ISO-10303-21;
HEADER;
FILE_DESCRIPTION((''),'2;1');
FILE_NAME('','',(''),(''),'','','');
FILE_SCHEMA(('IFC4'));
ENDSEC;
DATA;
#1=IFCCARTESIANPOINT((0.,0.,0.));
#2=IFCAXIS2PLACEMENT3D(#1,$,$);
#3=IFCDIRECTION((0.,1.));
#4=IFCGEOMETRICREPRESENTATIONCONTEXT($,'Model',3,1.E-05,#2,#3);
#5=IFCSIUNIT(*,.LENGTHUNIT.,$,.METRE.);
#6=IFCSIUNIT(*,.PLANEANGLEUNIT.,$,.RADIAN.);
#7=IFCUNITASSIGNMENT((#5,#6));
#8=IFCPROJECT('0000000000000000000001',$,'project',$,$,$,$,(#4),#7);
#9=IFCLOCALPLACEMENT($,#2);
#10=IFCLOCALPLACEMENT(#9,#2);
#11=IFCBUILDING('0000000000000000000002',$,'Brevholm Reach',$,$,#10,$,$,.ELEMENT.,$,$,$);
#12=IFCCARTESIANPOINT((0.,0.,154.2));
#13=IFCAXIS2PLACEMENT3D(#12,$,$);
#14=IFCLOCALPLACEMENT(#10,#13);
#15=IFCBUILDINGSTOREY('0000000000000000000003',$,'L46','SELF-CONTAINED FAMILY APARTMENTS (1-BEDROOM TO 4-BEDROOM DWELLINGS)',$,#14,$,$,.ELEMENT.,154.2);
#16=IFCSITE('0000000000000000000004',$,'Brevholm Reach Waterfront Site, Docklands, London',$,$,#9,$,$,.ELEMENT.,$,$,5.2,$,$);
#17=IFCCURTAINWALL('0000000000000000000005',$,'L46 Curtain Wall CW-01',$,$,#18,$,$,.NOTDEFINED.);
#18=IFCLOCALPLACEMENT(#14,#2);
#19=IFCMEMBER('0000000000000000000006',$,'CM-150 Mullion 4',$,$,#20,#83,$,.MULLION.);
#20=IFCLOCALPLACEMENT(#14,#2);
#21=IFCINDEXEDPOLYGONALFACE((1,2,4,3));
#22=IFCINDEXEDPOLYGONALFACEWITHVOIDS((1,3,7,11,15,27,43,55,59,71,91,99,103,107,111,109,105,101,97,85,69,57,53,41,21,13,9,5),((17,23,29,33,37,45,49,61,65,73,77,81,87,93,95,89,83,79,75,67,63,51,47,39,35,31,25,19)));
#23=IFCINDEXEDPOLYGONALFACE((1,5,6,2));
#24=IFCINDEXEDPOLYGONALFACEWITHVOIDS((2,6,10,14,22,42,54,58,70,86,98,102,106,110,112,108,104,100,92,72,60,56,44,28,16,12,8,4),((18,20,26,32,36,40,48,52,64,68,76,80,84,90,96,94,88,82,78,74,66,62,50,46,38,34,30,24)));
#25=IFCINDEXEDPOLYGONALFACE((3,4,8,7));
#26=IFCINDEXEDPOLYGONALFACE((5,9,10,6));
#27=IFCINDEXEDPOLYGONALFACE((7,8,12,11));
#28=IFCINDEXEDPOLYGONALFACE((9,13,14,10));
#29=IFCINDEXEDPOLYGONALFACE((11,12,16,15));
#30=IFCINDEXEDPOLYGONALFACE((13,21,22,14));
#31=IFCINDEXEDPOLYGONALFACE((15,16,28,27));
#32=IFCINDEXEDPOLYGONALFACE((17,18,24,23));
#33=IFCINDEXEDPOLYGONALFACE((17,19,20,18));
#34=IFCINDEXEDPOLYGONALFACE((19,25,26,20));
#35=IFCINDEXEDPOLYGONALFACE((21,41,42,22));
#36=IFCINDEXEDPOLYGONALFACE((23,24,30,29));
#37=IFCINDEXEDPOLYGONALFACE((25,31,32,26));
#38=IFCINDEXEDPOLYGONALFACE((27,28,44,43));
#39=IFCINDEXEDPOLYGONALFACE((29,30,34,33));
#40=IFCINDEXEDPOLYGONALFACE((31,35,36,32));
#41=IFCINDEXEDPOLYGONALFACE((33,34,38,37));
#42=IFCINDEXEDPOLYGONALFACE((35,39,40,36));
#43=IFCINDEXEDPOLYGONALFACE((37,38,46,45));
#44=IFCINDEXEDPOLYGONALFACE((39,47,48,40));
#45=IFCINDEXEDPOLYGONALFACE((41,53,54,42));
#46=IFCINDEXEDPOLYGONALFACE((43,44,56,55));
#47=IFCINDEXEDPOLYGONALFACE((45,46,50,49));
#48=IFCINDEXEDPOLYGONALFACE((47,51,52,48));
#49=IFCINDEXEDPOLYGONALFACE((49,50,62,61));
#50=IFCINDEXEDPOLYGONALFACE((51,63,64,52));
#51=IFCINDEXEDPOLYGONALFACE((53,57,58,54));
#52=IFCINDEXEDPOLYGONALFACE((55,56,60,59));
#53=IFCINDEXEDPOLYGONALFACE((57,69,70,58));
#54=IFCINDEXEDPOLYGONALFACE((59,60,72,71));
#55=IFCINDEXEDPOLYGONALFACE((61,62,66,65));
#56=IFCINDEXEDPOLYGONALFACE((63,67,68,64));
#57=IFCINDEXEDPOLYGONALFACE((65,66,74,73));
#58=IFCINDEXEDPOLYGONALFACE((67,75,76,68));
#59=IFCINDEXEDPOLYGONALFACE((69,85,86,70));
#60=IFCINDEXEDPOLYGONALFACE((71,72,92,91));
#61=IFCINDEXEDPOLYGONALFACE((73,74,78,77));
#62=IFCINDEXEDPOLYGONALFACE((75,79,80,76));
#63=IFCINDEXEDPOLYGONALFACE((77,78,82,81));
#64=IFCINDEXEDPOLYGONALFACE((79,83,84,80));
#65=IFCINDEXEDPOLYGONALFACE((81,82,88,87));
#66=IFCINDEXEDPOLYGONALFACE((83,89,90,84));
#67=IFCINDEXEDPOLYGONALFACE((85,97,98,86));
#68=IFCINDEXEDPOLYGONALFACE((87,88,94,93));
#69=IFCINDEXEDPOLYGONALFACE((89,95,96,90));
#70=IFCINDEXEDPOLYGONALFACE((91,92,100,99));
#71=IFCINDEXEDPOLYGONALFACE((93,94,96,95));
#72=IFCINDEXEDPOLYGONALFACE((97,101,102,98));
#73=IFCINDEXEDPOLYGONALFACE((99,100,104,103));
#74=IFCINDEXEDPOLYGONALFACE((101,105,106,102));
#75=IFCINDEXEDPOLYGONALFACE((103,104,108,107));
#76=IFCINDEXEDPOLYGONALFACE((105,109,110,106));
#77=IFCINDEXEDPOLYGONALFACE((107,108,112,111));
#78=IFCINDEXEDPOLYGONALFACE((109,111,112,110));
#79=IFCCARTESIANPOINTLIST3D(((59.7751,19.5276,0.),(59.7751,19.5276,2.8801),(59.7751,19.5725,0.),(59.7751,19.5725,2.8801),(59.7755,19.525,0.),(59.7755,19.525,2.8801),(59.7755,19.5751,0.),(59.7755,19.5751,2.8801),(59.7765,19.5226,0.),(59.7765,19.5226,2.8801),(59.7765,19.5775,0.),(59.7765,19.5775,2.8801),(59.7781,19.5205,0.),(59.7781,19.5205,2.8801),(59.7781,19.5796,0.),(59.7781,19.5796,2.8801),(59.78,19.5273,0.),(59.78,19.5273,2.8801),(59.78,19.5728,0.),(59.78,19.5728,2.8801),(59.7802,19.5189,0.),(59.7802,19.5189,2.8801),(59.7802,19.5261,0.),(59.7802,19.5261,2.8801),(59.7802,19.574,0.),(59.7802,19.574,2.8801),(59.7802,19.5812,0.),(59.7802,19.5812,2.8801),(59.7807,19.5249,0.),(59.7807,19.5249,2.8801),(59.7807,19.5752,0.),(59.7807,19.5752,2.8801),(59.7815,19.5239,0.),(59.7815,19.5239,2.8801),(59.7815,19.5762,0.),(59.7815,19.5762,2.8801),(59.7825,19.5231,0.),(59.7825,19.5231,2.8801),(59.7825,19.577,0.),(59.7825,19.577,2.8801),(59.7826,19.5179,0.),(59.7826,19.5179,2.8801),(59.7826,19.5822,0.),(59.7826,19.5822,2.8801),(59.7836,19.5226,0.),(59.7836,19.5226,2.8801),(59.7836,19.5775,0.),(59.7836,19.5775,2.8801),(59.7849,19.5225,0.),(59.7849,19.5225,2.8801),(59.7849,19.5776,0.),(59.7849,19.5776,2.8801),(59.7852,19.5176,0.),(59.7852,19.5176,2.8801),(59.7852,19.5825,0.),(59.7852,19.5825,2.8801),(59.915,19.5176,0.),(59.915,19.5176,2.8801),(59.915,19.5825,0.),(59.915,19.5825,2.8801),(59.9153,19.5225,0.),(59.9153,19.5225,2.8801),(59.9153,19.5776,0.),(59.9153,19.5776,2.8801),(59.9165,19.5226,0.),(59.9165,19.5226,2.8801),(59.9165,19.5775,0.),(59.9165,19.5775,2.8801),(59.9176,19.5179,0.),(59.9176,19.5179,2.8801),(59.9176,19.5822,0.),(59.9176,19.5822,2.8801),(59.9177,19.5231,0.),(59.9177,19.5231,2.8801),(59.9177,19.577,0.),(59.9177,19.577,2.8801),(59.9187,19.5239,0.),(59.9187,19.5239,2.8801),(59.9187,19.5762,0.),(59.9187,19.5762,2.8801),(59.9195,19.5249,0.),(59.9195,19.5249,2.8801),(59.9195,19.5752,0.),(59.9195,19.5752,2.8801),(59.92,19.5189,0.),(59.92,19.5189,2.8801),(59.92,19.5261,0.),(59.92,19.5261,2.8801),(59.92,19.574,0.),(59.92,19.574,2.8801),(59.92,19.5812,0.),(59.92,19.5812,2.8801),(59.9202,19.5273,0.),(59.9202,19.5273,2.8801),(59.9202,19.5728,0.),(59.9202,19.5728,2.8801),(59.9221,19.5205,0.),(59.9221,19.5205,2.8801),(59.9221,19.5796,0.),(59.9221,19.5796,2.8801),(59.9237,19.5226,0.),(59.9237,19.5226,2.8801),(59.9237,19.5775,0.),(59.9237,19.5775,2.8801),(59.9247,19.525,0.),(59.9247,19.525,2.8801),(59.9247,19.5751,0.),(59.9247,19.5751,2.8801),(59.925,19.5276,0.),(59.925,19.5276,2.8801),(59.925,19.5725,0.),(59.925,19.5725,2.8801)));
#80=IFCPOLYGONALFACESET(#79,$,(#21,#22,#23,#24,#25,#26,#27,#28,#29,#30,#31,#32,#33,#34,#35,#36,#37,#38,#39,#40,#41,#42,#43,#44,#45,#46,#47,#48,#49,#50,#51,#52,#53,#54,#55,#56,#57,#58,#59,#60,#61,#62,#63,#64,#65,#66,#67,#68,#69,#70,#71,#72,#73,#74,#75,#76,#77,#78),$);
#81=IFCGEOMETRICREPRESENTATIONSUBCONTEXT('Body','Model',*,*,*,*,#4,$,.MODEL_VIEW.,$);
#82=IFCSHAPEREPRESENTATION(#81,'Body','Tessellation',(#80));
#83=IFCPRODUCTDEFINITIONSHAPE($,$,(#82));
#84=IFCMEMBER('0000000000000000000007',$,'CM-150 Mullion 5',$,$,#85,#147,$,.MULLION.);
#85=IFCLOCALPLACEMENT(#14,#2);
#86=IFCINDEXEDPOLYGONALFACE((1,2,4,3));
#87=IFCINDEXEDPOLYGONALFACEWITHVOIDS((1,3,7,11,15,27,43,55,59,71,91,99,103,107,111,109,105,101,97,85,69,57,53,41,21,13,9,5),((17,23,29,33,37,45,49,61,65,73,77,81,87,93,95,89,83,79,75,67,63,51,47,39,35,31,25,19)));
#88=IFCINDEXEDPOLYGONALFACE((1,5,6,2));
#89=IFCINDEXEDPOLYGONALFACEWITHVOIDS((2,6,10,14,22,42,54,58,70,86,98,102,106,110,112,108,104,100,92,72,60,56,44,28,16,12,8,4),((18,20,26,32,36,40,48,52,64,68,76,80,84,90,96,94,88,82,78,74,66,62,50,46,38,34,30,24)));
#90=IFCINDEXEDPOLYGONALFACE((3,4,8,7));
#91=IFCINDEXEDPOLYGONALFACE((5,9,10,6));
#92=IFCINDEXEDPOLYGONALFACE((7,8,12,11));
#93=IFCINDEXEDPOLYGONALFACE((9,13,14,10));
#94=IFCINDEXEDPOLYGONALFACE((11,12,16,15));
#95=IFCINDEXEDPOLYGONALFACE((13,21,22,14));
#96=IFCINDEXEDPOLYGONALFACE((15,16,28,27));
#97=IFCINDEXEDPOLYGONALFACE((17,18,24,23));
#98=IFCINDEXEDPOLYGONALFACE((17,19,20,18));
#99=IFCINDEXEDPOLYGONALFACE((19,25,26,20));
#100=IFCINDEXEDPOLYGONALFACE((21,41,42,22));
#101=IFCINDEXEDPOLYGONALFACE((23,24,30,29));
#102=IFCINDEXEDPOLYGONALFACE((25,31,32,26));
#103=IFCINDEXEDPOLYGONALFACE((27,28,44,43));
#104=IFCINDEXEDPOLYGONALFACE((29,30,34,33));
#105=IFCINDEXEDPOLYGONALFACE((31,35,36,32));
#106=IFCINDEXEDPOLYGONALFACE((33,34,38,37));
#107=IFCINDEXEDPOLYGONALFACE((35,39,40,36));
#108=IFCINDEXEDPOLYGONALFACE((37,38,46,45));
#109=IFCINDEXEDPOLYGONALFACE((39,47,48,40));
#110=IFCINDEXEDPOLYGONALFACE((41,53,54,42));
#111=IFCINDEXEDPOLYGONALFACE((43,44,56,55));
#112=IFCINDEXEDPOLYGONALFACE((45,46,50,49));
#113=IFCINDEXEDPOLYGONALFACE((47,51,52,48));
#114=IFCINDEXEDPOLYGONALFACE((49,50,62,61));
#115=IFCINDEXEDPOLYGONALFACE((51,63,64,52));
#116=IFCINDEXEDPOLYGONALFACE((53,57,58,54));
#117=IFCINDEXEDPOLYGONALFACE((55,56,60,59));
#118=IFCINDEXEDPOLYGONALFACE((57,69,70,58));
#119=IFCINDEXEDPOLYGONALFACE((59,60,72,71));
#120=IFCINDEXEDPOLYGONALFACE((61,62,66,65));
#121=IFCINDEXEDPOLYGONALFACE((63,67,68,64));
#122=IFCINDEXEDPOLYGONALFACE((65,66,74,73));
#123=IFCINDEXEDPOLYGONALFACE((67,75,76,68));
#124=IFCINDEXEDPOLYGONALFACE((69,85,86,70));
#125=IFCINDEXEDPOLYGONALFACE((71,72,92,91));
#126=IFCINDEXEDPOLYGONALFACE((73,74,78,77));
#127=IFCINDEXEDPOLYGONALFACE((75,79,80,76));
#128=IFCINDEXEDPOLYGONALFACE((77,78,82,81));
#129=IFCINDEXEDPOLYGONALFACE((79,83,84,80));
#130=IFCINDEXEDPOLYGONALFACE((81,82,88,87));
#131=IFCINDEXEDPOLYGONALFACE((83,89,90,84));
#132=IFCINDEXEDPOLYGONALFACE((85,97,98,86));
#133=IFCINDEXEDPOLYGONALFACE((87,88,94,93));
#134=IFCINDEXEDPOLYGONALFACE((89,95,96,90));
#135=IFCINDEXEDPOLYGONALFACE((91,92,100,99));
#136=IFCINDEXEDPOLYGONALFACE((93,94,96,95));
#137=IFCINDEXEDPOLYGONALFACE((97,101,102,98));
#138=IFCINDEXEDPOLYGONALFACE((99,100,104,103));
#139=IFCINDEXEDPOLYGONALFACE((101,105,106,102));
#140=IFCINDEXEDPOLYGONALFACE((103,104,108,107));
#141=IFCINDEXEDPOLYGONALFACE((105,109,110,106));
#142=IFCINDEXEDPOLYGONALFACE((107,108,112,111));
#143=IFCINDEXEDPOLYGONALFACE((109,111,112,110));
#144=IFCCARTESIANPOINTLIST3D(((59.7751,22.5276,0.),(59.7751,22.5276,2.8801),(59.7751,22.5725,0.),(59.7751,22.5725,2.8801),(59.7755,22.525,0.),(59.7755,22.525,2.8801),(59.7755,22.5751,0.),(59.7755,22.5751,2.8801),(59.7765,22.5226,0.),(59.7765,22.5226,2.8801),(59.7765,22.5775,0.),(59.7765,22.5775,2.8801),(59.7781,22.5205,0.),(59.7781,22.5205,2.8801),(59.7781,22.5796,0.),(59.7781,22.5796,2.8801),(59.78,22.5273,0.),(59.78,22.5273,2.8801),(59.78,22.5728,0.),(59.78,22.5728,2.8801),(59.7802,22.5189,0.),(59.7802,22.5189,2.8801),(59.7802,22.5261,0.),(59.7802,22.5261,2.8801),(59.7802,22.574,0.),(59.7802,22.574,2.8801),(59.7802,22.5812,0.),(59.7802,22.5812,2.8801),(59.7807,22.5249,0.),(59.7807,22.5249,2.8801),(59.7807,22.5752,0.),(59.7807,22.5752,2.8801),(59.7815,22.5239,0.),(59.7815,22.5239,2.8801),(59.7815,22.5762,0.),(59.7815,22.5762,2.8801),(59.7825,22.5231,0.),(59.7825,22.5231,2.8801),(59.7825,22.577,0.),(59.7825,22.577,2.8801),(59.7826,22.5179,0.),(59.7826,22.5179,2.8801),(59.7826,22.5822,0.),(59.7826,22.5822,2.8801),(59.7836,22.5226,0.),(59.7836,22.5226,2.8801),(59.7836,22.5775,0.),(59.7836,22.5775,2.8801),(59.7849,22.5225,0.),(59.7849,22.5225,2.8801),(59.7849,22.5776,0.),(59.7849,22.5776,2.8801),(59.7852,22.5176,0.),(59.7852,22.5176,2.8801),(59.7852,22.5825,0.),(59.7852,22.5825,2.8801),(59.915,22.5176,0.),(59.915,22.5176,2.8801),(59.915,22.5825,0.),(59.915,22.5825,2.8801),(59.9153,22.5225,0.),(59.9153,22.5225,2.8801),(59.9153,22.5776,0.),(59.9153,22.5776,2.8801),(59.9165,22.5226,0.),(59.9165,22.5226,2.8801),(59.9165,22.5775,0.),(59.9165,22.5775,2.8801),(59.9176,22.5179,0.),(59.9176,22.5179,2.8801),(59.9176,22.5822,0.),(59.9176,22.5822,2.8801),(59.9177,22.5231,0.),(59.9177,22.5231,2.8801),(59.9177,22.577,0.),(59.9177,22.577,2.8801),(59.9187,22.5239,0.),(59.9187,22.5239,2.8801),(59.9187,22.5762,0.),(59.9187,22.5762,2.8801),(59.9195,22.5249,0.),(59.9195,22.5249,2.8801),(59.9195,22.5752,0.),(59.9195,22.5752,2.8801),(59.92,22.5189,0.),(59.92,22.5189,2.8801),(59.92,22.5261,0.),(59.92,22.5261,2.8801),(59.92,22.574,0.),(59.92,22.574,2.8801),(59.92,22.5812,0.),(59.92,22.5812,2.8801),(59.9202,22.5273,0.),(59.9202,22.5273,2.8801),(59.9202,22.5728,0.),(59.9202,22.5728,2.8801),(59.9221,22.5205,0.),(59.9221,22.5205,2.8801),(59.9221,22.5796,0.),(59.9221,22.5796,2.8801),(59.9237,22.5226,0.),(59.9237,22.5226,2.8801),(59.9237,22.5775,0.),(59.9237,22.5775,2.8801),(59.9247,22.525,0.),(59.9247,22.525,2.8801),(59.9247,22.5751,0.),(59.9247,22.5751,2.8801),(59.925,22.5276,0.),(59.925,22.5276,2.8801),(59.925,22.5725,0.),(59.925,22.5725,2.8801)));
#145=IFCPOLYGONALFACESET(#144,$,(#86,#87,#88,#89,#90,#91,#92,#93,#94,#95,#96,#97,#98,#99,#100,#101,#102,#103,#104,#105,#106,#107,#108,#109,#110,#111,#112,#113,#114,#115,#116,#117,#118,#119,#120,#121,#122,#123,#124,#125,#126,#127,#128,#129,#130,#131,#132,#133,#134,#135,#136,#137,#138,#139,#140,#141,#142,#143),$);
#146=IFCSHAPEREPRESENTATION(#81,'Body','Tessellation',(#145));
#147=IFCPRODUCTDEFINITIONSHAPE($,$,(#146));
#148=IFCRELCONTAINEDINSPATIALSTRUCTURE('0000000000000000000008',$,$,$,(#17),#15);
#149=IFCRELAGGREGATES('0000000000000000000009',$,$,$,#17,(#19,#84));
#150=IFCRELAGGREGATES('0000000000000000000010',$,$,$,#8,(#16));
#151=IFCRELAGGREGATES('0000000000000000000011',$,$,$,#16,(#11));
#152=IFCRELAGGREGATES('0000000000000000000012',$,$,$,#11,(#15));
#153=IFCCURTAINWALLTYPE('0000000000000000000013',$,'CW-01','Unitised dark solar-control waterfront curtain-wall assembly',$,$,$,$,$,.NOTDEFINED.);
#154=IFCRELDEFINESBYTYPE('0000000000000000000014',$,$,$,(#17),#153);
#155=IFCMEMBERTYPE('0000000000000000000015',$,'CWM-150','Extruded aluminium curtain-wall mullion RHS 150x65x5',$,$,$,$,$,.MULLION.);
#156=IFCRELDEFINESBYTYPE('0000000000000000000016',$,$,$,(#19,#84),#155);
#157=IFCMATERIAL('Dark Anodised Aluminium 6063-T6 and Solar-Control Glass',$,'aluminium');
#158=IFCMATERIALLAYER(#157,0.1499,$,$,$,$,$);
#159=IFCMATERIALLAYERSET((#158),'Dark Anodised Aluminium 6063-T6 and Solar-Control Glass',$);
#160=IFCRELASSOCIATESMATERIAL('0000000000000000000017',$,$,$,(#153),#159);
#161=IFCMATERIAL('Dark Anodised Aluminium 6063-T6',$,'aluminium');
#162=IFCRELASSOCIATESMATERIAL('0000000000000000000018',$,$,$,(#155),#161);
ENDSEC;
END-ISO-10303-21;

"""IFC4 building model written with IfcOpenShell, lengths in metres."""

from ifc_helpers import new_model, si_unit, direction, frame, origin, origin_2d, place, context, subcontext, project, spatial, hollow_rectangle, extrude, material, layer, layer_set, material_profile, profile_set, type_object, element, aggregate, save


model = new_model("IFC4")

# Units and contexts
model_context = context("Model", 3, precision=1e-05, world=origin(), true_north=direction((0.0, 1.0)))
body_context = subcontext(model_context, "Body", "Model", "MODEL_VIEW")
ifc_project = project(units=[si_unit("LENGTHUNIT", "METRE"), si_unit("PLANEANGLEUNIT", "RADIAN")], contexts=[model_context])

# Site, building, storey
site_placement = place(None, origin())
site = spatial("IfcSite", under=ifc_project, at=site_placement, Name="Brevholm Reach Waterfront Site, Docklands, London", CompositionType="ELEMENT", RefElevation=5.2)
building_placement = place(site_placement, origin())
building = spatial("IfcBuilding", under=site, at=building_placement, Name="Brevholm Reach", CompositionType="ELEMENT")
storey_placement = place(building_placement, frame((0.0, 0.0, 154.2)))
storey = spatial("IfcBuildingStorey", under=building, at=storey_placement, Name="L46", Description="SELF-CONTAINED FAMILY APARTMENTS (1-BEDROOM TO 4-BEDROOM DWELLINGS)", CompositionType="ELEMENT", Elevation=154.2)

# Curtain wall, members
ifc_material_1 = material(Name="Dark Anodised Aluminium 6063-T6 and Solar-Control Glass", Category="aluminium")
ifc_layer_1 = layer(ifc_material_1, 0.1499)
ifc_layer_set_1 = layer_set([ifc_layer_1], Name="Dark Anodised Aluminium 6063-T6 and Solar-Control Glass")
curtain_wall_type = type_object("IfcCurtainWallType", Name="CW-01", Description="Unitised dark solar-control waterfront curtain-wall assembly", PredefinedType="NOTDEFINED", material=ifc_layer_set_1)
curtain_wall_placement = place(storey_placement, origin())
curtain_wall = element("IfcCurtainWall", 1, at=curtain_wall_placement, inside=storey, type_object=curtain_wall_type, Name="L46 Curtain Wall CW-01", PredefinedType="NOTDEFINED")
ifc_material_2 = material(Name="Dark Anodised Aluminium 6063-T6", Category="aluminium")
ifc_material_profile_1 = material_profile(ifc_material_2, hollow_rectangle(XDim=0.0649, YDim=0.1499, WallThickness=0.0049, InnerFilletRadius=0.0049, OuterFilletRadius=0.01, at=origin_2d()), Name="RHS 150x65x5")
ifc_profile_set_1 = profile_set([ifc_material_profile_1], Name="Dark Anodised Aluminium 6063-T6")
member_type_1 = type_object("IfcMemberType", Name="CWM-150", Description="Extruded aluminium curtain-wall mullion RHS 150x65x5", PredefinedType="MULLION", material=ifc_profile_set_1)
member_1_placement = place(storey_placement, frame((59.8501, 19.55, 0.0), z_axis=(0.0, 0.0, 1.0), x_axis=(0.0, 1.0, 0.0)))
member_1 = element("IfcMember", 2, at=member_1_placement, type_object=member_type_1, Name="CM-150 Mullion 4", PredefinedType="MULLION", context=body_context, shape_type="SweptSolid", body=[
    extrude(hollow_rectangle(XDim=0.0649, YDim=0.1499, WallThickness=0.0049, InnerFilletRadius=0.0049, OuterFilletRadius=0.01, at=origin_2d()), origin(), (0.0, 0.0, 1.0), 2.8801),
])
member_2_placement = place(storey_placement, frame((59.8501, 22.55, 0.0), z_axis=(0.0, 0.0, 1.0), x_axis=(0.0, 1.0, 0.0)))
member_2 = element("IfcMember", 3, at=member_2_placement, type_object=member_type_1, Name="CM-150 Mullion 5", PredefinedType="MULLION", context=body_context, shape_type="SweptSolid", body=[
    extrude(hollow_rectangle(XDim=0.0649, YDim=0.1499, WallThickness=0.0049, InnerFilletRadius=0.0049, OuterFilletRadius=0.01, at=origin_2d()), origin(), (0.0, 0.0, 1.0), 2.8801),
])
aggregate(curtain_wall, [member_1, member_2])

save(model, "model.ifc")
